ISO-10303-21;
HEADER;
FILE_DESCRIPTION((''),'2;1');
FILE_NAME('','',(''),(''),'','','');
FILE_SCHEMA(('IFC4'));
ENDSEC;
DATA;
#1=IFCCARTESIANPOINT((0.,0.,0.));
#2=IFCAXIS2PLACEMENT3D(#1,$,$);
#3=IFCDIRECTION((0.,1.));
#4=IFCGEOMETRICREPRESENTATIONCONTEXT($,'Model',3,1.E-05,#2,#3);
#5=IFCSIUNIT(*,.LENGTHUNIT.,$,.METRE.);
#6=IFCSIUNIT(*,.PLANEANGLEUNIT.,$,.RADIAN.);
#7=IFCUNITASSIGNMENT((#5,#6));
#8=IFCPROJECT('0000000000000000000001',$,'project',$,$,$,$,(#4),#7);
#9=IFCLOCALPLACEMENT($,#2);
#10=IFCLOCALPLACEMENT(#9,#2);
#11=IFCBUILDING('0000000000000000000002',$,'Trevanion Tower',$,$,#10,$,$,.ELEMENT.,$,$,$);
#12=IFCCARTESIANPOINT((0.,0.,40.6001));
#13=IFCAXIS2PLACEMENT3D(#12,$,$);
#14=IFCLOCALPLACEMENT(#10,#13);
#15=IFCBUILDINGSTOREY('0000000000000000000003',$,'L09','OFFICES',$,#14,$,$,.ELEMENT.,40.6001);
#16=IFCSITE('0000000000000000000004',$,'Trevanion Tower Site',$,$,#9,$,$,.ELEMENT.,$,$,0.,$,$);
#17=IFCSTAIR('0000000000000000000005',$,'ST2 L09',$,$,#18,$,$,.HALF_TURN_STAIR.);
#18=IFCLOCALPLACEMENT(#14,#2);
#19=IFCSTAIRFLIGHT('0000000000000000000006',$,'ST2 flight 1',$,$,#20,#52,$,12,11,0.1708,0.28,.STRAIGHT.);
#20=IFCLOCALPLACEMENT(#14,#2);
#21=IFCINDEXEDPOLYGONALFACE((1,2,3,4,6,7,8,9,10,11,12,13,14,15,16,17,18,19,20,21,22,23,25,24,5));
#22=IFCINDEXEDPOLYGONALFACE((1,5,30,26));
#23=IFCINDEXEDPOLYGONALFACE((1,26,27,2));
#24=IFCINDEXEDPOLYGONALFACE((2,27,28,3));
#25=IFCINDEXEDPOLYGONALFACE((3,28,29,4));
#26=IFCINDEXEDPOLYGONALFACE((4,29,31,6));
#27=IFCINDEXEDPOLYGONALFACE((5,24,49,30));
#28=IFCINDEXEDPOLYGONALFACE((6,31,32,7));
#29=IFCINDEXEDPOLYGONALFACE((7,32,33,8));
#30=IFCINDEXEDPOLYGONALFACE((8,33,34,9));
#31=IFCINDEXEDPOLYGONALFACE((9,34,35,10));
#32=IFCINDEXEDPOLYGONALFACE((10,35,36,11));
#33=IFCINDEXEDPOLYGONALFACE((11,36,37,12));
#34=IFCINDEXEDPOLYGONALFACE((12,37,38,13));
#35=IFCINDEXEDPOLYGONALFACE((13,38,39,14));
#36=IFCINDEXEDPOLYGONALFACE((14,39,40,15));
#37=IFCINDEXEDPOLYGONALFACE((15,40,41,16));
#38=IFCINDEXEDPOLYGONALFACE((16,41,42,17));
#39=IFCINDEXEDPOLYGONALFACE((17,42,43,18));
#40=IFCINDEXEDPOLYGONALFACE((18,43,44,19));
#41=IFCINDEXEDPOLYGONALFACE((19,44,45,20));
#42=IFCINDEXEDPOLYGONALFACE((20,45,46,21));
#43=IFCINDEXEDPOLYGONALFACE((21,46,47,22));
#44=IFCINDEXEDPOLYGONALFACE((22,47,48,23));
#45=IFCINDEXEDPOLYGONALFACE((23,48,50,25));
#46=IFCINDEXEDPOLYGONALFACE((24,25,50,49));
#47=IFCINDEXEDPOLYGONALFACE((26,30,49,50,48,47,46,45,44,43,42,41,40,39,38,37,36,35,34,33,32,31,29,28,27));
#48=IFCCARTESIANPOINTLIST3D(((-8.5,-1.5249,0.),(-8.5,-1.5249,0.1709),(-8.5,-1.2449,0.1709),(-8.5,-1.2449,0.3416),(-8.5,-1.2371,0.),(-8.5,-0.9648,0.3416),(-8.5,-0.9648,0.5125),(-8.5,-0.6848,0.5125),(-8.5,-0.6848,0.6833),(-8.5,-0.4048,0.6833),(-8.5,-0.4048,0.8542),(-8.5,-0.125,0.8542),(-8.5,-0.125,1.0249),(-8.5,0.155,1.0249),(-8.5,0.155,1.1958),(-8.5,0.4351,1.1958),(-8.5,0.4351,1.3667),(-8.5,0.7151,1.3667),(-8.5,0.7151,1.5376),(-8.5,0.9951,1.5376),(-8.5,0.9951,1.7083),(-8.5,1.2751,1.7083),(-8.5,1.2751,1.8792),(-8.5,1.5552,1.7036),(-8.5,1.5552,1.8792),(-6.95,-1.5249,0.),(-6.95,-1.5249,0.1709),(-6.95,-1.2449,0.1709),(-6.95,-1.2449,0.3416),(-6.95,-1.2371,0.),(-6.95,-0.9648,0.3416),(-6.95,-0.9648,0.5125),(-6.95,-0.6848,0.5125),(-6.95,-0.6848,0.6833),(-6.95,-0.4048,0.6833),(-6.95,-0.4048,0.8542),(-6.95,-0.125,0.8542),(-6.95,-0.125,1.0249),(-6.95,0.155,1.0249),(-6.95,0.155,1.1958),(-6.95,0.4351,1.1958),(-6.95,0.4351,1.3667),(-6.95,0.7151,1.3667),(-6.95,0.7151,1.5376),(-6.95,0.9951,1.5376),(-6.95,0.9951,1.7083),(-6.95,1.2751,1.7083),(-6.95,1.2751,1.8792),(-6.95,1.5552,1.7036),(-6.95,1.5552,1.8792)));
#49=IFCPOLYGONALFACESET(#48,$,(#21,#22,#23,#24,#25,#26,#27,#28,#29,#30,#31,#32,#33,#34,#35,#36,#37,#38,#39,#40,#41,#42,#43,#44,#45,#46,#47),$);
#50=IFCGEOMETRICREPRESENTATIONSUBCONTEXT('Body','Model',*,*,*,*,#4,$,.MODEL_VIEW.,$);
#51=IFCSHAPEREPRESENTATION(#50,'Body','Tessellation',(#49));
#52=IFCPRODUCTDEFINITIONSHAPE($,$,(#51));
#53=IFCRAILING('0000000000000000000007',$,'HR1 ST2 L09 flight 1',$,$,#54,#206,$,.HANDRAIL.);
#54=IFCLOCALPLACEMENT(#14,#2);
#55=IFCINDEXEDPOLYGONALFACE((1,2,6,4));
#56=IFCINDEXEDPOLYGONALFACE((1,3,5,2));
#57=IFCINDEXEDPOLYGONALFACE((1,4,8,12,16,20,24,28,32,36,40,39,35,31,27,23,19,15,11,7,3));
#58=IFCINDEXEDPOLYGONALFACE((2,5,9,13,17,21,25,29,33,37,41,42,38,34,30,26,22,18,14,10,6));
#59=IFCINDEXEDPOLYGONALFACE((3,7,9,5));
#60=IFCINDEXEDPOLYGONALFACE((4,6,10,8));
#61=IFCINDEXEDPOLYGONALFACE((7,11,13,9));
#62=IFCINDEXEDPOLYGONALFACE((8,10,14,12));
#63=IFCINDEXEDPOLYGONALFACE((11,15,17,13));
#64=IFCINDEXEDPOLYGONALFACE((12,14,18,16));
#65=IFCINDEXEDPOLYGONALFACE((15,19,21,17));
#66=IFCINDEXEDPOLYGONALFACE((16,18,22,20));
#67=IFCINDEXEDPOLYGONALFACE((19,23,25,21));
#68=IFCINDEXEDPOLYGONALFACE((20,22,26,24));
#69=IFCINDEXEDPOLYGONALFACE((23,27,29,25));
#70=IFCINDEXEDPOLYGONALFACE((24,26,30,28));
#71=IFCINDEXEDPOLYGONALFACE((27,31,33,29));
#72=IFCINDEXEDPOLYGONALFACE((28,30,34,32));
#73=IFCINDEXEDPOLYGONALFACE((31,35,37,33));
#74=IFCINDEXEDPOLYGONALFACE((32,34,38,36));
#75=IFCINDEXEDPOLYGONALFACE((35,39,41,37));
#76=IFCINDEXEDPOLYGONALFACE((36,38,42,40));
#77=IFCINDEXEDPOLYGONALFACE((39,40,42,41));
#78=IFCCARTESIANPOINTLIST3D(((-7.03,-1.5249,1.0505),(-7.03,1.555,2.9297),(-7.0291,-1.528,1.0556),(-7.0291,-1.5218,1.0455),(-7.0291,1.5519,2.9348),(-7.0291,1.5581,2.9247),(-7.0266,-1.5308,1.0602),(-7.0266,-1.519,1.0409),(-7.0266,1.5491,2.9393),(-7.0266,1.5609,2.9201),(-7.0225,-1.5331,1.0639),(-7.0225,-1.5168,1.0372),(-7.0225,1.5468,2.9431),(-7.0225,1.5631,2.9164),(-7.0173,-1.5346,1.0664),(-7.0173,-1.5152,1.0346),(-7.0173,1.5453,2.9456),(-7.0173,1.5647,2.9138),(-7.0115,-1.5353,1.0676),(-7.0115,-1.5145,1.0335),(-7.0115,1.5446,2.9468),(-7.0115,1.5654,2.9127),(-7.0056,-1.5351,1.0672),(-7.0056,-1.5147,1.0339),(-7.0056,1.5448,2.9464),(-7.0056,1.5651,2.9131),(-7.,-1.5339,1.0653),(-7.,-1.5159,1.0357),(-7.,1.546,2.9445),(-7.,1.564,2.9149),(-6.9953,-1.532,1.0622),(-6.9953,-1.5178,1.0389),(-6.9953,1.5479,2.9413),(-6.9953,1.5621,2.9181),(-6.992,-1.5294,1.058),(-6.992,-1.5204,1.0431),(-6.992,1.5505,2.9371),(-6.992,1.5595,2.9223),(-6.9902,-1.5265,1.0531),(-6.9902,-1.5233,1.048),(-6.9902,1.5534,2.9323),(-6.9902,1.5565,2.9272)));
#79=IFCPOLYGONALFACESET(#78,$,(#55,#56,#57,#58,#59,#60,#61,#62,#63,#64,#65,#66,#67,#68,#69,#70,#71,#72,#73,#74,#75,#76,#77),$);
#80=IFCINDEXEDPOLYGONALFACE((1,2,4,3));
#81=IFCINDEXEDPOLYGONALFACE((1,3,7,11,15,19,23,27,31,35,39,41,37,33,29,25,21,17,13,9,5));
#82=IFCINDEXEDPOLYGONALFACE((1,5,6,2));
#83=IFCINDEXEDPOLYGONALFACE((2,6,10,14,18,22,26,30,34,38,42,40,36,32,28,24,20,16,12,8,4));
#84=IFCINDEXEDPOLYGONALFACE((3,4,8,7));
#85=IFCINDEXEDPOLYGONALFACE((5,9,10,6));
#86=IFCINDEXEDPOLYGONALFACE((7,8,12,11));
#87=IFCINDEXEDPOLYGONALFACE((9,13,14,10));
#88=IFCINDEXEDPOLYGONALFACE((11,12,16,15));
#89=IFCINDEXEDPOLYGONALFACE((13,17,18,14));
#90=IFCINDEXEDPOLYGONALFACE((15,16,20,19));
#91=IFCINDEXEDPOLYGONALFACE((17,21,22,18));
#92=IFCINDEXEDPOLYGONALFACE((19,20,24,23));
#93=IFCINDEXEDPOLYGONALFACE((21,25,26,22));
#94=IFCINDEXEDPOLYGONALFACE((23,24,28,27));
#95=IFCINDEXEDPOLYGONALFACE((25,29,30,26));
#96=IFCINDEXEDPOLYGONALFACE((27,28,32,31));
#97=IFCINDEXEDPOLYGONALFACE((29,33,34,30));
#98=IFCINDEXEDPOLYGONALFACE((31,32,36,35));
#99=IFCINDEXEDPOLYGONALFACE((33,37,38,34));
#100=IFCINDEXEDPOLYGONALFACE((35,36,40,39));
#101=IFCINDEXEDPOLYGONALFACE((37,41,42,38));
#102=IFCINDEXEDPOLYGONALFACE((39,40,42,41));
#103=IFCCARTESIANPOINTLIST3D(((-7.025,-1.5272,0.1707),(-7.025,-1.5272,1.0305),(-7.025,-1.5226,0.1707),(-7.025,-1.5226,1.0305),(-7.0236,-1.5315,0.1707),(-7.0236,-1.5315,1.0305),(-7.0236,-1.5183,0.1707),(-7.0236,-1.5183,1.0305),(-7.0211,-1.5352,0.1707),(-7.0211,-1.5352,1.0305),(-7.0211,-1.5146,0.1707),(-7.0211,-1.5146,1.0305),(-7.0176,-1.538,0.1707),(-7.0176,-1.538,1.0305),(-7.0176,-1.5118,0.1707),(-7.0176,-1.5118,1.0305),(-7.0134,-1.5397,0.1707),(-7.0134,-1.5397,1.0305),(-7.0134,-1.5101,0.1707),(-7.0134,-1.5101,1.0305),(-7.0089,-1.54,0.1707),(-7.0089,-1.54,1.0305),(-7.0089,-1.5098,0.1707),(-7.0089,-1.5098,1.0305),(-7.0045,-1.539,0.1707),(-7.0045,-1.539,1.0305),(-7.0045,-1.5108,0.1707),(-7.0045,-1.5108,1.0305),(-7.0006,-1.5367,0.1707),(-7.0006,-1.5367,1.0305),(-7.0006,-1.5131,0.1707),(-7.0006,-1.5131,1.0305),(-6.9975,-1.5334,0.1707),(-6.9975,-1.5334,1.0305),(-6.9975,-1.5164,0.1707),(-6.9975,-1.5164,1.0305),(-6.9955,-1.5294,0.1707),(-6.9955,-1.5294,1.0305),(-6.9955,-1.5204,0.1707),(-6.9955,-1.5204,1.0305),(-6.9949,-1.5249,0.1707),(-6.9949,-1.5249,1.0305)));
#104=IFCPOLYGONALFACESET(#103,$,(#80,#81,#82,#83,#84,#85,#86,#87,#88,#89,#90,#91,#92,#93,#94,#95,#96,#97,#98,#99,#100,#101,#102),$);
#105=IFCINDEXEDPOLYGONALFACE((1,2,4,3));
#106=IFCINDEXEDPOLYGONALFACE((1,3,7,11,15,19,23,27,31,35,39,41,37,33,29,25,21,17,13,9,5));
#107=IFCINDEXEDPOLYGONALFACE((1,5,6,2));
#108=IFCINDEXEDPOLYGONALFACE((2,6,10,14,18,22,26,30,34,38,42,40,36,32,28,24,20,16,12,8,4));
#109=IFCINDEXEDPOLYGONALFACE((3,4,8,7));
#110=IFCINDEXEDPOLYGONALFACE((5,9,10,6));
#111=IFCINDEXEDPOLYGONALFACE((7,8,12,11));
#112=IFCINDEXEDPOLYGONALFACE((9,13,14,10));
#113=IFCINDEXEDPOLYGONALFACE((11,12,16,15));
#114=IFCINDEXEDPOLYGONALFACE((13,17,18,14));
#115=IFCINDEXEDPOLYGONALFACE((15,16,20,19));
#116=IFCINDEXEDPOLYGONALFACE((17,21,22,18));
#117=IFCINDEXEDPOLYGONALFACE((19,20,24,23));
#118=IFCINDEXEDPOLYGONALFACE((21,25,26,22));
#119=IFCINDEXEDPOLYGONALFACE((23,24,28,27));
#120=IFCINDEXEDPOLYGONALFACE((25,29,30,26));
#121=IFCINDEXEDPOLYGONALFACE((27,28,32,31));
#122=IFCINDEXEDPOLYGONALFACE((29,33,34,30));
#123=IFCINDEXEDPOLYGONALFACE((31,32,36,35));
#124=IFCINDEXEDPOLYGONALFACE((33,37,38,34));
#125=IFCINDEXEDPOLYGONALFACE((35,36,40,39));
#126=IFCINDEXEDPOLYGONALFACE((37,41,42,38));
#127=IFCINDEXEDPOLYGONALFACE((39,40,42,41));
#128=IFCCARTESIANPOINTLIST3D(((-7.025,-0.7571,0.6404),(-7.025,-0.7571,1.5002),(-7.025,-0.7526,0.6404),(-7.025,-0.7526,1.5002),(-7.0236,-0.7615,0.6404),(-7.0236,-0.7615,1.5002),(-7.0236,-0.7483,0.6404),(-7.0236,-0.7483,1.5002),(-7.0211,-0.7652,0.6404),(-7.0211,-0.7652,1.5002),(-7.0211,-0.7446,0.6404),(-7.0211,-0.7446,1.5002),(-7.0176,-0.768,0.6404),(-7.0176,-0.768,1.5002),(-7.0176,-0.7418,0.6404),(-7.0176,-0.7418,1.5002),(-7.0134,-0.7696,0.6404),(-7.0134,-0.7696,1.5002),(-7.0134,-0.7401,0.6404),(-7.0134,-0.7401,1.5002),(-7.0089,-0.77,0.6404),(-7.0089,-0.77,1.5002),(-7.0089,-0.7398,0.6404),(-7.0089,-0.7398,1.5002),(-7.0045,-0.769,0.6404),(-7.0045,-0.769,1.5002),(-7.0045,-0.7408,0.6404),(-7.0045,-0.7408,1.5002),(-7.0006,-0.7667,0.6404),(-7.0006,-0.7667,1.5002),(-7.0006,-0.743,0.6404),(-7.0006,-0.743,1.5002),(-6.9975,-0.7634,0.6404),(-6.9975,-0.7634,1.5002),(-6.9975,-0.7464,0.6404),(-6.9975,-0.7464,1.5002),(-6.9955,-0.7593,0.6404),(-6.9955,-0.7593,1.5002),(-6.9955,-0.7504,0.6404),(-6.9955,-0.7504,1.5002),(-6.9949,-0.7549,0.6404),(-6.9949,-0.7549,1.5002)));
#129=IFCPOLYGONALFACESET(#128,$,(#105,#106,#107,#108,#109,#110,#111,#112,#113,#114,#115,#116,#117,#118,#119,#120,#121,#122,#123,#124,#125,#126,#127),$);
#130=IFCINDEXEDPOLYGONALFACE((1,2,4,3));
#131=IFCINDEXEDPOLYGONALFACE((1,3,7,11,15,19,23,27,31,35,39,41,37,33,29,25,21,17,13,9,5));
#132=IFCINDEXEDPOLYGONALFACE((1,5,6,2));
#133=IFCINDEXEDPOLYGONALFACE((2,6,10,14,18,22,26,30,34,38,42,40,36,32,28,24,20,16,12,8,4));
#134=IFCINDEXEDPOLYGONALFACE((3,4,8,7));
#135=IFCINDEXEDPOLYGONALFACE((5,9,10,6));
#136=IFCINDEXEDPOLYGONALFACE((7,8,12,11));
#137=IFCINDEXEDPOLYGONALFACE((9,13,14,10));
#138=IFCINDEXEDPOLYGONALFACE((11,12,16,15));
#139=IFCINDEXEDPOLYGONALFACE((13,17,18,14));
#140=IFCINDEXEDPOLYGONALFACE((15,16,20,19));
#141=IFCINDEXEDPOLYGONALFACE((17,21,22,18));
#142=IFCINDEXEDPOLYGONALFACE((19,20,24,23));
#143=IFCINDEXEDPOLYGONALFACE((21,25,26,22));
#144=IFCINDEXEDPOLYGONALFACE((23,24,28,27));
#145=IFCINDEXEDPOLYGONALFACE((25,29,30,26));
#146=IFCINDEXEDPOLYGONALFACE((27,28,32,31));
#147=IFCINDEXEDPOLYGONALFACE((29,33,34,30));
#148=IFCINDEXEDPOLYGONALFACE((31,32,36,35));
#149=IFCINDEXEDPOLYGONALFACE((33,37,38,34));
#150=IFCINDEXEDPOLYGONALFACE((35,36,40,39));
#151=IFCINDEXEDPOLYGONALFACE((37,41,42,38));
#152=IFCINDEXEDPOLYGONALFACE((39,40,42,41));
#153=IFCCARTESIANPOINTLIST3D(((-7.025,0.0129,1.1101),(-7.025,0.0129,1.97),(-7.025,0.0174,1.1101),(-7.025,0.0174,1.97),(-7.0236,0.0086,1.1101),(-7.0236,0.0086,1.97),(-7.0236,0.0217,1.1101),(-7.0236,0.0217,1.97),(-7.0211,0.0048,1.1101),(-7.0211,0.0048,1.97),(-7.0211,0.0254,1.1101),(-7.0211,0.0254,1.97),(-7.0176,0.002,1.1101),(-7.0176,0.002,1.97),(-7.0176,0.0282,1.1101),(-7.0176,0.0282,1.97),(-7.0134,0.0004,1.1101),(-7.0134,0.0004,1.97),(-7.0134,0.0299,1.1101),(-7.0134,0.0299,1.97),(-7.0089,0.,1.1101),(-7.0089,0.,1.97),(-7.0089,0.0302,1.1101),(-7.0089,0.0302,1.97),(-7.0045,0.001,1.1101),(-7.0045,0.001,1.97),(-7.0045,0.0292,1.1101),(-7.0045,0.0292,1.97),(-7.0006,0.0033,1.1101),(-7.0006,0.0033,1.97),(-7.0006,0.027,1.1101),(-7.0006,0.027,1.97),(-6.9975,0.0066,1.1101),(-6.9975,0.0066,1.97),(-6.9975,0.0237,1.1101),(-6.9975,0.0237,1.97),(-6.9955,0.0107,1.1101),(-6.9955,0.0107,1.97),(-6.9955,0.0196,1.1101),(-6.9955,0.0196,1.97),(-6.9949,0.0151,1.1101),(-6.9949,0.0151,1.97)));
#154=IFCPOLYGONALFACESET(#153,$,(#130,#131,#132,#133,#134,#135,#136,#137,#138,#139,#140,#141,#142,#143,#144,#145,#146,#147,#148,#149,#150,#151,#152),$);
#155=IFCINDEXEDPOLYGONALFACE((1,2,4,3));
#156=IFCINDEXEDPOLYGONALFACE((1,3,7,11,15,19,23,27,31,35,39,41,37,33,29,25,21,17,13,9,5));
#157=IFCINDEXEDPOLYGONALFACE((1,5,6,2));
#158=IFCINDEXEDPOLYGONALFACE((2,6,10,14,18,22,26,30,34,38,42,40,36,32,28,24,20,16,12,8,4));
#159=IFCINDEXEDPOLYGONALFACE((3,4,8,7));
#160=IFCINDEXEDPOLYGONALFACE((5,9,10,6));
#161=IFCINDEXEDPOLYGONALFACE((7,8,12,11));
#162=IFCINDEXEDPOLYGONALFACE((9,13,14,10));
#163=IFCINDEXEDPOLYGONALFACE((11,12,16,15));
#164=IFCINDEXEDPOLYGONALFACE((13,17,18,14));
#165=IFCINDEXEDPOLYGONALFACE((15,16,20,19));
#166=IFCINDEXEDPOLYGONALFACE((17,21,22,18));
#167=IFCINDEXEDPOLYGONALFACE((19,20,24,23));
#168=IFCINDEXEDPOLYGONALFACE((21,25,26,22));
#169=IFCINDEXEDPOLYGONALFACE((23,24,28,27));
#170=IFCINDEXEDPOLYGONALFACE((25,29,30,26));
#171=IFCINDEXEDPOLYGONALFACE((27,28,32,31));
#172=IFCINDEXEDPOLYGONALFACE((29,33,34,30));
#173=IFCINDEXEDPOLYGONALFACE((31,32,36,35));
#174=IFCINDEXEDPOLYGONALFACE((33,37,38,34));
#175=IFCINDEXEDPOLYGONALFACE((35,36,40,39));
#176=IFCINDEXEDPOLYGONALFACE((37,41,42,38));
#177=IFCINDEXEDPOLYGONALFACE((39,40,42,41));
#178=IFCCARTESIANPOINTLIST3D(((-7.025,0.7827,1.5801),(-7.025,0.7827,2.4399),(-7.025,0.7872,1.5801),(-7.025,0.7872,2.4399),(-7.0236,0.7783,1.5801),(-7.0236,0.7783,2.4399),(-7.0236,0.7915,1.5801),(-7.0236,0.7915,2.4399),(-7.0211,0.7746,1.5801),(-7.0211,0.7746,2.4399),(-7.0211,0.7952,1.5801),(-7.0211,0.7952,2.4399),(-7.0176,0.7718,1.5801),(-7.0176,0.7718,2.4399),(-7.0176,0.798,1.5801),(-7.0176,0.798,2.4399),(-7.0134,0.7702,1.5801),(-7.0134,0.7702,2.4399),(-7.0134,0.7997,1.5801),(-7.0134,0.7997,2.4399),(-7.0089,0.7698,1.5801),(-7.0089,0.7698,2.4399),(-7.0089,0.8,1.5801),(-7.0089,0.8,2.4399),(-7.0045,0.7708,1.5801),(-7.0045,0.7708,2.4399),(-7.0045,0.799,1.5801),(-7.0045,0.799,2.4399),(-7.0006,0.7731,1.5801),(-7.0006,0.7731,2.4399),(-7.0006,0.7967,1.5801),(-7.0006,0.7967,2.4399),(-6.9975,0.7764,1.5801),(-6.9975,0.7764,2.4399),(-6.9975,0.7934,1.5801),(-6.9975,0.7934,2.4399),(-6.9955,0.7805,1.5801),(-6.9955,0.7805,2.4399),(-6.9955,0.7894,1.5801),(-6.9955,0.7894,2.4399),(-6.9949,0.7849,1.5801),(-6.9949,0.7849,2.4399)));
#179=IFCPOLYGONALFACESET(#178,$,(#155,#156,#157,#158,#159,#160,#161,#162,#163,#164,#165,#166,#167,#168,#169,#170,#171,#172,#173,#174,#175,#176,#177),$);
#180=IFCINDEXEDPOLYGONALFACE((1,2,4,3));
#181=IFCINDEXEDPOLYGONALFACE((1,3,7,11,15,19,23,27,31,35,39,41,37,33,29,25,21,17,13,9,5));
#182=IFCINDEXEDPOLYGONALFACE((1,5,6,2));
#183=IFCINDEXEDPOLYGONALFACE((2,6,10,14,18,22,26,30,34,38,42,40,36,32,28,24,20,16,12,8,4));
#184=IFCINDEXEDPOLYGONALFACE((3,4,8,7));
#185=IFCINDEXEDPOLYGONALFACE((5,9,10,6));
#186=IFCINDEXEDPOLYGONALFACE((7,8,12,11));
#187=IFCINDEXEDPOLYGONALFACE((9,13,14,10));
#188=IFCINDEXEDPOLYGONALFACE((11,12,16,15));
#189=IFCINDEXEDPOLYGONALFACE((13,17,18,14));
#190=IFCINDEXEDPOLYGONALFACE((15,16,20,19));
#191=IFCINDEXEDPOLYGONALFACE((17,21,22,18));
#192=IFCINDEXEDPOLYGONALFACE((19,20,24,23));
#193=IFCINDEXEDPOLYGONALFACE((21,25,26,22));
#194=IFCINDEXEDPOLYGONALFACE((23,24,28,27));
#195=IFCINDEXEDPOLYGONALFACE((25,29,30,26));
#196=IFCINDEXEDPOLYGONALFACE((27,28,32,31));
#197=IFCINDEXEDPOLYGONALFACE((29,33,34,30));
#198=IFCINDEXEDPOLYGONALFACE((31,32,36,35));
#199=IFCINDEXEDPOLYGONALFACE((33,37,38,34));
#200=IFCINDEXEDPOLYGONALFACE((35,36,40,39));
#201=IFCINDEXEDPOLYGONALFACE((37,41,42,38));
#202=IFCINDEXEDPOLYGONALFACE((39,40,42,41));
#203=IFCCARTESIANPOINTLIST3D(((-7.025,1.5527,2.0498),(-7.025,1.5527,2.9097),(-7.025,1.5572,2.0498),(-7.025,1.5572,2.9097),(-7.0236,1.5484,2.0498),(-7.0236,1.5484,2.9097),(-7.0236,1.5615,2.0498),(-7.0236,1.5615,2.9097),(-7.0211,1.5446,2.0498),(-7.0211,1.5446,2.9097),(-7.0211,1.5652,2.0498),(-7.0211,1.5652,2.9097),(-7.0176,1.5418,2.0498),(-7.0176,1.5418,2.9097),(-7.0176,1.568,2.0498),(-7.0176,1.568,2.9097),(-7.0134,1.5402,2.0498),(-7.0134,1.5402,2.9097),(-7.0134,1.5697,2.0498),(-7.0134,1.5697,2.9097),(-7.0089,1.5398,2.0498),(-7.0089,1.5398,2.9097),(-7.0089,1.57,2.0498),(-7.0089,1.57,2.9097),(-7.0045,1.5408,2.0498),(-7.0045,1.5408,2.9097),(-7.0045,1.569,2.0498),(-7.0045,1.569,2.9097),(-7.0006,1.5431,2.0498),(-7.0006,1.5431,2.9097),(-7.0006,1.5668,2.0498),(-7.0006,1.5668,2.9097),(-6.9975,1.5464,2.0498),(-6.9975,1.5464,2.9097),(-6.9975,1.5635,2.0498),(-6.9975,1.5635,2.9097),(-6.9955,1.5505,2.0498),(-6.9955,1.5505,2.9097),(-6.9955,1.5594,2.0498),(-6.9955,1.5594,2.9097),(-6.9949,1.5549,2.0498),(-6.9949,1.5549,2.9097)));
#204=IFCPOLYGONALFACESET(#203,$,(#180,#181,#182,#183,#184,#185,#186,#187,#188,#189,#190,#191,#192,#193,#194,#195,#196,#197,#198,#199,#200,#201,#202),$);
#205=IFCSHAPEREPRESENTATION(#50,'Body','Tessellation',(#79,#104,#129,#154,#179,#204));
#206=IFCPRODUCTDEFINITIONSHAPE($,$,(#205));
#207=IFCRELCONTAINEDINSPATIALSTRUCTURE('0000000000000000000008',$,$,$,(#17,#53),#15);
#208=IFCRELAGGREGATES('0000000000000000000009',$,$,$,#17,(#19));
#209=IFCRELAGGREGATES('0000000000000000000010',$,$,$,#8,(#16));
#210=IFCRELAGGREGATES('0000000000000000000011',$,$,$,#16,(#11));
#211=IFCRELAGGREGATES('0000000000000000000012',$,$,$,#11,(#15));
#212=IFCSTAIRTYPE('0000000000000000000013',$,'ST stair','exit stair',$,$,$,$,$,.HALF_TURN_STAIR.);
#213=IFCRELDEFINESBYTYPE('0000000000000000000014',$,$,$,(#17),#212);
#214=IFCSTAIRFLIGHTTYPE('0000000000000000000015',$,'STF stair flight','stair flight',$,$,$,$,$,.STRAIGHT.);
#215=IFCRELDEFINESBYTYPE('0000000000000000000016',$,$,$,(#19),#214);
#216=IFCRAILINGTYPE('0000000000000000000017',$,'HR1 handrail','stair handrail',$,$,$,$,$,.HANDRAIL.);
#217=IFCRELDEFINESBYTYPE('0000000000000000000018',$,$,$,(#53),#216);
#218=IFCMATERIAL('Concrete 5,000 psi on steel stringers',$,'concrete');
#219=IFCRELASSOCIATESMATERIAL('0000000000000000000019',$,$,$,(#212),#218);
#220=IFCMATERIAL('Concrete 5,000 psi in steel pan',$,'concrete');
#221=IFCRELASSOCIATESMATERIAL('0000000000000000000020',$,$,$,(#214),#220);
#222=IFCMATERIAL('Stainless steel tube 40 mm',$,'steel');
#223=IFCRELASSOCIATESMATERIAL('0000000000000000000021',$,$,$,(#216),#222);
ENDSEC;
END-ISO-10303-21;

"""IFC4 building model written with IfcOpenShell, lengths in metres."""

from ifc_helpers import new_model, si_unit, direction, frame, origin, origin_2d, place, context, subcontext, project, spatial, polyline, circle, outline, extrude, material, type_object, element, aggregate, save


model = new_model("IFC4")

# Units and contexts
model_context = context("Model", 3, precision=1e-05, world=origin(), true_north=direction((0.0, 1.0)))
body_context = subcontext(model_context, "Body", "Model", "MODEL_VIEW")
ifc_project = project(units=[si_unit("LENGTHUNIT", "METRE"), si_unit("PLANEANGLEUNIT", "RADIAN")], contexts=[model_context])

# Site, building, storey
site_placement = place(None, origin())
site = spatial("IfcSite", under=ifc_project, at=site_placement, Name="Trevanion Tower Site", CompositionType="ELEMENT", RefElevation=0.0)
building_placement = place(site_placement, origin())
building = spatial("IfcBuilding", under=site, at=building_placement, Name="Trevanion Tower", CompositionType="ELEMENT")
storey_placement = place(building_placement, frame((0.0, 0.0, 40.6001)))
storey = spatial("IfcBuildingStorey", under=building, at=storey_placement, Name="L09", Description="OFFICES", CompositionType="ELEMENT", Elevation=40.6001)

# Stair, stair flight
ifc_material_1 = material(Name="Concrete 5,000 psi on steel stringers", Category="concrete")
stair_type = type_object("IfcStairType", Name="ST stair", Description="exit stair", PredefinedType="HALF_TURN_STAIR", material=ifc_material_1)
stair_placement = place(storey_placement, origin())
stair = element("IfcStair", 1, at=stair_placement, inside=storey, type_object=stair_type, Name="ST2 L09", PredefinedType="HALF_TURN_STAIR")
ifc_material_2 = material(Name="Concrete 5,000 psi in steel pan", Category="concrete")
stair_flight_type = type_object("IfcStairFlightType", Name="STF stair flight", Description="stair flight", PredefinedType="STRAIGHT", material=ifc_material_2)
stair_flight_placement = place(storey_placement, frame((-7.7251, -1.5249, 0.0), z_axis=(0.0, 0.0, 1.0), x_axis=(0.0, 1.0, 0.0)))
stair_flight = element("IfcStairFlight", 2, at=stair_flight_placement, type_object=stair_flight_type, Name="ST2 flight 1", NumberOfRisers=12, NumberOfTreads=11, PredefinedType="STRAIGHT", RiserHeight=0.1708, TreadLength=0.28, context=body_context, shape_type="SweptSolid", body=[
    extrude(outline(polyline([(0.0, 0.0), (0.0, 0.1709), (0.28, 0.1709), (0.28, 0.3416), (0.5601, 0.3416), (0.5601, 0.5125), (0.8401, 0.5125), (0.8401, 0.6833), (1.1201, 0.6833), (1.1201, 0.8542), (1.3999, 0.8542), (1.3999, 1.0249), (1.6799, 1.0249), (1.6799, 1.1958), (1.96, 1.1958), (1.96, 1.3667), (2.24, 1.3667), (2.24, 1.5376), (2.52, 1.5376), (2.52, 1.7083), (2.8, 1.7083), (2.8, 1.8792), (3.0801, 1.8792), (3.0801, 2.05), (3.0801, 1.7036), (0.2878, 0.0), (0.0, 0.0)])), frame((0.0, 0.7749, 0.0), z_axis=(0.0, -1.0, 0.0), x_axis=(1.0, 0.0, 0.0)), (0.0, 0.0, 1.0), 1.55),
])
aggregate(stair, [stair_flight])

# Railing
ifc_material_3 = material(Name="Stainless steel tube 40 mm", Category="steel")
railing_type = type_object("IfcRailingType", Name="HR1 handrail", Description="stair handrail", PredefinedType="HANDRAIL", material=ifc_material_3)
for number, where, name in (
    (3, (-7.01, -1.5249, 0.1707), "HR1 ST2 L09 flight 1"),
):
    element("IfcRailing", number, at=place(storey_placement, frame(where)), inside=storey, type_object=railing_type, Name=name, PredefinedType="HANDRAIL", context=body_context, shape_type="SweptSolid", body=[
        extrude(circle(Radius=0.02, at=origin_2d()), frame((0.0, 0.0, 0.8799), z_axis=(0.0, 0.853648, 0.52085), x_axis=(-1.0, 0.0, 0.0)), (0.0, 0.0, 1.0), 3.6079),
        extrude(circle(Radius=0.0151, at=origin_2d()), origin(), (0.0, 0.0, 1.0), 0.8599),
        extrude(circle(Radius=0.0151, at=origin_2d()), frame((0.0, 0.77, 0.4697)), (0.0, 0.0, 1.0), 0.8599),
        extrude(circle(Radius=0.0151, at=origin_2d()), frame((0.0, 1.54, 0.9395)), (0.0, 0.0, 1.0), 0.8599),
        extrude(circle(Radius=0.0151, at=origin_2d()), frame((0.0, 2.3098, 1.4094)), (0.0, 0.0, 1.0), 0.8599),
        extrude(circle(Radius=0.0151, at=origin_2d()), frame((0.0, 3.0798, 1.8792)), (0.0, 0.0, 1.0), 0.8599),
    ])

save(model, "model.ifc")
